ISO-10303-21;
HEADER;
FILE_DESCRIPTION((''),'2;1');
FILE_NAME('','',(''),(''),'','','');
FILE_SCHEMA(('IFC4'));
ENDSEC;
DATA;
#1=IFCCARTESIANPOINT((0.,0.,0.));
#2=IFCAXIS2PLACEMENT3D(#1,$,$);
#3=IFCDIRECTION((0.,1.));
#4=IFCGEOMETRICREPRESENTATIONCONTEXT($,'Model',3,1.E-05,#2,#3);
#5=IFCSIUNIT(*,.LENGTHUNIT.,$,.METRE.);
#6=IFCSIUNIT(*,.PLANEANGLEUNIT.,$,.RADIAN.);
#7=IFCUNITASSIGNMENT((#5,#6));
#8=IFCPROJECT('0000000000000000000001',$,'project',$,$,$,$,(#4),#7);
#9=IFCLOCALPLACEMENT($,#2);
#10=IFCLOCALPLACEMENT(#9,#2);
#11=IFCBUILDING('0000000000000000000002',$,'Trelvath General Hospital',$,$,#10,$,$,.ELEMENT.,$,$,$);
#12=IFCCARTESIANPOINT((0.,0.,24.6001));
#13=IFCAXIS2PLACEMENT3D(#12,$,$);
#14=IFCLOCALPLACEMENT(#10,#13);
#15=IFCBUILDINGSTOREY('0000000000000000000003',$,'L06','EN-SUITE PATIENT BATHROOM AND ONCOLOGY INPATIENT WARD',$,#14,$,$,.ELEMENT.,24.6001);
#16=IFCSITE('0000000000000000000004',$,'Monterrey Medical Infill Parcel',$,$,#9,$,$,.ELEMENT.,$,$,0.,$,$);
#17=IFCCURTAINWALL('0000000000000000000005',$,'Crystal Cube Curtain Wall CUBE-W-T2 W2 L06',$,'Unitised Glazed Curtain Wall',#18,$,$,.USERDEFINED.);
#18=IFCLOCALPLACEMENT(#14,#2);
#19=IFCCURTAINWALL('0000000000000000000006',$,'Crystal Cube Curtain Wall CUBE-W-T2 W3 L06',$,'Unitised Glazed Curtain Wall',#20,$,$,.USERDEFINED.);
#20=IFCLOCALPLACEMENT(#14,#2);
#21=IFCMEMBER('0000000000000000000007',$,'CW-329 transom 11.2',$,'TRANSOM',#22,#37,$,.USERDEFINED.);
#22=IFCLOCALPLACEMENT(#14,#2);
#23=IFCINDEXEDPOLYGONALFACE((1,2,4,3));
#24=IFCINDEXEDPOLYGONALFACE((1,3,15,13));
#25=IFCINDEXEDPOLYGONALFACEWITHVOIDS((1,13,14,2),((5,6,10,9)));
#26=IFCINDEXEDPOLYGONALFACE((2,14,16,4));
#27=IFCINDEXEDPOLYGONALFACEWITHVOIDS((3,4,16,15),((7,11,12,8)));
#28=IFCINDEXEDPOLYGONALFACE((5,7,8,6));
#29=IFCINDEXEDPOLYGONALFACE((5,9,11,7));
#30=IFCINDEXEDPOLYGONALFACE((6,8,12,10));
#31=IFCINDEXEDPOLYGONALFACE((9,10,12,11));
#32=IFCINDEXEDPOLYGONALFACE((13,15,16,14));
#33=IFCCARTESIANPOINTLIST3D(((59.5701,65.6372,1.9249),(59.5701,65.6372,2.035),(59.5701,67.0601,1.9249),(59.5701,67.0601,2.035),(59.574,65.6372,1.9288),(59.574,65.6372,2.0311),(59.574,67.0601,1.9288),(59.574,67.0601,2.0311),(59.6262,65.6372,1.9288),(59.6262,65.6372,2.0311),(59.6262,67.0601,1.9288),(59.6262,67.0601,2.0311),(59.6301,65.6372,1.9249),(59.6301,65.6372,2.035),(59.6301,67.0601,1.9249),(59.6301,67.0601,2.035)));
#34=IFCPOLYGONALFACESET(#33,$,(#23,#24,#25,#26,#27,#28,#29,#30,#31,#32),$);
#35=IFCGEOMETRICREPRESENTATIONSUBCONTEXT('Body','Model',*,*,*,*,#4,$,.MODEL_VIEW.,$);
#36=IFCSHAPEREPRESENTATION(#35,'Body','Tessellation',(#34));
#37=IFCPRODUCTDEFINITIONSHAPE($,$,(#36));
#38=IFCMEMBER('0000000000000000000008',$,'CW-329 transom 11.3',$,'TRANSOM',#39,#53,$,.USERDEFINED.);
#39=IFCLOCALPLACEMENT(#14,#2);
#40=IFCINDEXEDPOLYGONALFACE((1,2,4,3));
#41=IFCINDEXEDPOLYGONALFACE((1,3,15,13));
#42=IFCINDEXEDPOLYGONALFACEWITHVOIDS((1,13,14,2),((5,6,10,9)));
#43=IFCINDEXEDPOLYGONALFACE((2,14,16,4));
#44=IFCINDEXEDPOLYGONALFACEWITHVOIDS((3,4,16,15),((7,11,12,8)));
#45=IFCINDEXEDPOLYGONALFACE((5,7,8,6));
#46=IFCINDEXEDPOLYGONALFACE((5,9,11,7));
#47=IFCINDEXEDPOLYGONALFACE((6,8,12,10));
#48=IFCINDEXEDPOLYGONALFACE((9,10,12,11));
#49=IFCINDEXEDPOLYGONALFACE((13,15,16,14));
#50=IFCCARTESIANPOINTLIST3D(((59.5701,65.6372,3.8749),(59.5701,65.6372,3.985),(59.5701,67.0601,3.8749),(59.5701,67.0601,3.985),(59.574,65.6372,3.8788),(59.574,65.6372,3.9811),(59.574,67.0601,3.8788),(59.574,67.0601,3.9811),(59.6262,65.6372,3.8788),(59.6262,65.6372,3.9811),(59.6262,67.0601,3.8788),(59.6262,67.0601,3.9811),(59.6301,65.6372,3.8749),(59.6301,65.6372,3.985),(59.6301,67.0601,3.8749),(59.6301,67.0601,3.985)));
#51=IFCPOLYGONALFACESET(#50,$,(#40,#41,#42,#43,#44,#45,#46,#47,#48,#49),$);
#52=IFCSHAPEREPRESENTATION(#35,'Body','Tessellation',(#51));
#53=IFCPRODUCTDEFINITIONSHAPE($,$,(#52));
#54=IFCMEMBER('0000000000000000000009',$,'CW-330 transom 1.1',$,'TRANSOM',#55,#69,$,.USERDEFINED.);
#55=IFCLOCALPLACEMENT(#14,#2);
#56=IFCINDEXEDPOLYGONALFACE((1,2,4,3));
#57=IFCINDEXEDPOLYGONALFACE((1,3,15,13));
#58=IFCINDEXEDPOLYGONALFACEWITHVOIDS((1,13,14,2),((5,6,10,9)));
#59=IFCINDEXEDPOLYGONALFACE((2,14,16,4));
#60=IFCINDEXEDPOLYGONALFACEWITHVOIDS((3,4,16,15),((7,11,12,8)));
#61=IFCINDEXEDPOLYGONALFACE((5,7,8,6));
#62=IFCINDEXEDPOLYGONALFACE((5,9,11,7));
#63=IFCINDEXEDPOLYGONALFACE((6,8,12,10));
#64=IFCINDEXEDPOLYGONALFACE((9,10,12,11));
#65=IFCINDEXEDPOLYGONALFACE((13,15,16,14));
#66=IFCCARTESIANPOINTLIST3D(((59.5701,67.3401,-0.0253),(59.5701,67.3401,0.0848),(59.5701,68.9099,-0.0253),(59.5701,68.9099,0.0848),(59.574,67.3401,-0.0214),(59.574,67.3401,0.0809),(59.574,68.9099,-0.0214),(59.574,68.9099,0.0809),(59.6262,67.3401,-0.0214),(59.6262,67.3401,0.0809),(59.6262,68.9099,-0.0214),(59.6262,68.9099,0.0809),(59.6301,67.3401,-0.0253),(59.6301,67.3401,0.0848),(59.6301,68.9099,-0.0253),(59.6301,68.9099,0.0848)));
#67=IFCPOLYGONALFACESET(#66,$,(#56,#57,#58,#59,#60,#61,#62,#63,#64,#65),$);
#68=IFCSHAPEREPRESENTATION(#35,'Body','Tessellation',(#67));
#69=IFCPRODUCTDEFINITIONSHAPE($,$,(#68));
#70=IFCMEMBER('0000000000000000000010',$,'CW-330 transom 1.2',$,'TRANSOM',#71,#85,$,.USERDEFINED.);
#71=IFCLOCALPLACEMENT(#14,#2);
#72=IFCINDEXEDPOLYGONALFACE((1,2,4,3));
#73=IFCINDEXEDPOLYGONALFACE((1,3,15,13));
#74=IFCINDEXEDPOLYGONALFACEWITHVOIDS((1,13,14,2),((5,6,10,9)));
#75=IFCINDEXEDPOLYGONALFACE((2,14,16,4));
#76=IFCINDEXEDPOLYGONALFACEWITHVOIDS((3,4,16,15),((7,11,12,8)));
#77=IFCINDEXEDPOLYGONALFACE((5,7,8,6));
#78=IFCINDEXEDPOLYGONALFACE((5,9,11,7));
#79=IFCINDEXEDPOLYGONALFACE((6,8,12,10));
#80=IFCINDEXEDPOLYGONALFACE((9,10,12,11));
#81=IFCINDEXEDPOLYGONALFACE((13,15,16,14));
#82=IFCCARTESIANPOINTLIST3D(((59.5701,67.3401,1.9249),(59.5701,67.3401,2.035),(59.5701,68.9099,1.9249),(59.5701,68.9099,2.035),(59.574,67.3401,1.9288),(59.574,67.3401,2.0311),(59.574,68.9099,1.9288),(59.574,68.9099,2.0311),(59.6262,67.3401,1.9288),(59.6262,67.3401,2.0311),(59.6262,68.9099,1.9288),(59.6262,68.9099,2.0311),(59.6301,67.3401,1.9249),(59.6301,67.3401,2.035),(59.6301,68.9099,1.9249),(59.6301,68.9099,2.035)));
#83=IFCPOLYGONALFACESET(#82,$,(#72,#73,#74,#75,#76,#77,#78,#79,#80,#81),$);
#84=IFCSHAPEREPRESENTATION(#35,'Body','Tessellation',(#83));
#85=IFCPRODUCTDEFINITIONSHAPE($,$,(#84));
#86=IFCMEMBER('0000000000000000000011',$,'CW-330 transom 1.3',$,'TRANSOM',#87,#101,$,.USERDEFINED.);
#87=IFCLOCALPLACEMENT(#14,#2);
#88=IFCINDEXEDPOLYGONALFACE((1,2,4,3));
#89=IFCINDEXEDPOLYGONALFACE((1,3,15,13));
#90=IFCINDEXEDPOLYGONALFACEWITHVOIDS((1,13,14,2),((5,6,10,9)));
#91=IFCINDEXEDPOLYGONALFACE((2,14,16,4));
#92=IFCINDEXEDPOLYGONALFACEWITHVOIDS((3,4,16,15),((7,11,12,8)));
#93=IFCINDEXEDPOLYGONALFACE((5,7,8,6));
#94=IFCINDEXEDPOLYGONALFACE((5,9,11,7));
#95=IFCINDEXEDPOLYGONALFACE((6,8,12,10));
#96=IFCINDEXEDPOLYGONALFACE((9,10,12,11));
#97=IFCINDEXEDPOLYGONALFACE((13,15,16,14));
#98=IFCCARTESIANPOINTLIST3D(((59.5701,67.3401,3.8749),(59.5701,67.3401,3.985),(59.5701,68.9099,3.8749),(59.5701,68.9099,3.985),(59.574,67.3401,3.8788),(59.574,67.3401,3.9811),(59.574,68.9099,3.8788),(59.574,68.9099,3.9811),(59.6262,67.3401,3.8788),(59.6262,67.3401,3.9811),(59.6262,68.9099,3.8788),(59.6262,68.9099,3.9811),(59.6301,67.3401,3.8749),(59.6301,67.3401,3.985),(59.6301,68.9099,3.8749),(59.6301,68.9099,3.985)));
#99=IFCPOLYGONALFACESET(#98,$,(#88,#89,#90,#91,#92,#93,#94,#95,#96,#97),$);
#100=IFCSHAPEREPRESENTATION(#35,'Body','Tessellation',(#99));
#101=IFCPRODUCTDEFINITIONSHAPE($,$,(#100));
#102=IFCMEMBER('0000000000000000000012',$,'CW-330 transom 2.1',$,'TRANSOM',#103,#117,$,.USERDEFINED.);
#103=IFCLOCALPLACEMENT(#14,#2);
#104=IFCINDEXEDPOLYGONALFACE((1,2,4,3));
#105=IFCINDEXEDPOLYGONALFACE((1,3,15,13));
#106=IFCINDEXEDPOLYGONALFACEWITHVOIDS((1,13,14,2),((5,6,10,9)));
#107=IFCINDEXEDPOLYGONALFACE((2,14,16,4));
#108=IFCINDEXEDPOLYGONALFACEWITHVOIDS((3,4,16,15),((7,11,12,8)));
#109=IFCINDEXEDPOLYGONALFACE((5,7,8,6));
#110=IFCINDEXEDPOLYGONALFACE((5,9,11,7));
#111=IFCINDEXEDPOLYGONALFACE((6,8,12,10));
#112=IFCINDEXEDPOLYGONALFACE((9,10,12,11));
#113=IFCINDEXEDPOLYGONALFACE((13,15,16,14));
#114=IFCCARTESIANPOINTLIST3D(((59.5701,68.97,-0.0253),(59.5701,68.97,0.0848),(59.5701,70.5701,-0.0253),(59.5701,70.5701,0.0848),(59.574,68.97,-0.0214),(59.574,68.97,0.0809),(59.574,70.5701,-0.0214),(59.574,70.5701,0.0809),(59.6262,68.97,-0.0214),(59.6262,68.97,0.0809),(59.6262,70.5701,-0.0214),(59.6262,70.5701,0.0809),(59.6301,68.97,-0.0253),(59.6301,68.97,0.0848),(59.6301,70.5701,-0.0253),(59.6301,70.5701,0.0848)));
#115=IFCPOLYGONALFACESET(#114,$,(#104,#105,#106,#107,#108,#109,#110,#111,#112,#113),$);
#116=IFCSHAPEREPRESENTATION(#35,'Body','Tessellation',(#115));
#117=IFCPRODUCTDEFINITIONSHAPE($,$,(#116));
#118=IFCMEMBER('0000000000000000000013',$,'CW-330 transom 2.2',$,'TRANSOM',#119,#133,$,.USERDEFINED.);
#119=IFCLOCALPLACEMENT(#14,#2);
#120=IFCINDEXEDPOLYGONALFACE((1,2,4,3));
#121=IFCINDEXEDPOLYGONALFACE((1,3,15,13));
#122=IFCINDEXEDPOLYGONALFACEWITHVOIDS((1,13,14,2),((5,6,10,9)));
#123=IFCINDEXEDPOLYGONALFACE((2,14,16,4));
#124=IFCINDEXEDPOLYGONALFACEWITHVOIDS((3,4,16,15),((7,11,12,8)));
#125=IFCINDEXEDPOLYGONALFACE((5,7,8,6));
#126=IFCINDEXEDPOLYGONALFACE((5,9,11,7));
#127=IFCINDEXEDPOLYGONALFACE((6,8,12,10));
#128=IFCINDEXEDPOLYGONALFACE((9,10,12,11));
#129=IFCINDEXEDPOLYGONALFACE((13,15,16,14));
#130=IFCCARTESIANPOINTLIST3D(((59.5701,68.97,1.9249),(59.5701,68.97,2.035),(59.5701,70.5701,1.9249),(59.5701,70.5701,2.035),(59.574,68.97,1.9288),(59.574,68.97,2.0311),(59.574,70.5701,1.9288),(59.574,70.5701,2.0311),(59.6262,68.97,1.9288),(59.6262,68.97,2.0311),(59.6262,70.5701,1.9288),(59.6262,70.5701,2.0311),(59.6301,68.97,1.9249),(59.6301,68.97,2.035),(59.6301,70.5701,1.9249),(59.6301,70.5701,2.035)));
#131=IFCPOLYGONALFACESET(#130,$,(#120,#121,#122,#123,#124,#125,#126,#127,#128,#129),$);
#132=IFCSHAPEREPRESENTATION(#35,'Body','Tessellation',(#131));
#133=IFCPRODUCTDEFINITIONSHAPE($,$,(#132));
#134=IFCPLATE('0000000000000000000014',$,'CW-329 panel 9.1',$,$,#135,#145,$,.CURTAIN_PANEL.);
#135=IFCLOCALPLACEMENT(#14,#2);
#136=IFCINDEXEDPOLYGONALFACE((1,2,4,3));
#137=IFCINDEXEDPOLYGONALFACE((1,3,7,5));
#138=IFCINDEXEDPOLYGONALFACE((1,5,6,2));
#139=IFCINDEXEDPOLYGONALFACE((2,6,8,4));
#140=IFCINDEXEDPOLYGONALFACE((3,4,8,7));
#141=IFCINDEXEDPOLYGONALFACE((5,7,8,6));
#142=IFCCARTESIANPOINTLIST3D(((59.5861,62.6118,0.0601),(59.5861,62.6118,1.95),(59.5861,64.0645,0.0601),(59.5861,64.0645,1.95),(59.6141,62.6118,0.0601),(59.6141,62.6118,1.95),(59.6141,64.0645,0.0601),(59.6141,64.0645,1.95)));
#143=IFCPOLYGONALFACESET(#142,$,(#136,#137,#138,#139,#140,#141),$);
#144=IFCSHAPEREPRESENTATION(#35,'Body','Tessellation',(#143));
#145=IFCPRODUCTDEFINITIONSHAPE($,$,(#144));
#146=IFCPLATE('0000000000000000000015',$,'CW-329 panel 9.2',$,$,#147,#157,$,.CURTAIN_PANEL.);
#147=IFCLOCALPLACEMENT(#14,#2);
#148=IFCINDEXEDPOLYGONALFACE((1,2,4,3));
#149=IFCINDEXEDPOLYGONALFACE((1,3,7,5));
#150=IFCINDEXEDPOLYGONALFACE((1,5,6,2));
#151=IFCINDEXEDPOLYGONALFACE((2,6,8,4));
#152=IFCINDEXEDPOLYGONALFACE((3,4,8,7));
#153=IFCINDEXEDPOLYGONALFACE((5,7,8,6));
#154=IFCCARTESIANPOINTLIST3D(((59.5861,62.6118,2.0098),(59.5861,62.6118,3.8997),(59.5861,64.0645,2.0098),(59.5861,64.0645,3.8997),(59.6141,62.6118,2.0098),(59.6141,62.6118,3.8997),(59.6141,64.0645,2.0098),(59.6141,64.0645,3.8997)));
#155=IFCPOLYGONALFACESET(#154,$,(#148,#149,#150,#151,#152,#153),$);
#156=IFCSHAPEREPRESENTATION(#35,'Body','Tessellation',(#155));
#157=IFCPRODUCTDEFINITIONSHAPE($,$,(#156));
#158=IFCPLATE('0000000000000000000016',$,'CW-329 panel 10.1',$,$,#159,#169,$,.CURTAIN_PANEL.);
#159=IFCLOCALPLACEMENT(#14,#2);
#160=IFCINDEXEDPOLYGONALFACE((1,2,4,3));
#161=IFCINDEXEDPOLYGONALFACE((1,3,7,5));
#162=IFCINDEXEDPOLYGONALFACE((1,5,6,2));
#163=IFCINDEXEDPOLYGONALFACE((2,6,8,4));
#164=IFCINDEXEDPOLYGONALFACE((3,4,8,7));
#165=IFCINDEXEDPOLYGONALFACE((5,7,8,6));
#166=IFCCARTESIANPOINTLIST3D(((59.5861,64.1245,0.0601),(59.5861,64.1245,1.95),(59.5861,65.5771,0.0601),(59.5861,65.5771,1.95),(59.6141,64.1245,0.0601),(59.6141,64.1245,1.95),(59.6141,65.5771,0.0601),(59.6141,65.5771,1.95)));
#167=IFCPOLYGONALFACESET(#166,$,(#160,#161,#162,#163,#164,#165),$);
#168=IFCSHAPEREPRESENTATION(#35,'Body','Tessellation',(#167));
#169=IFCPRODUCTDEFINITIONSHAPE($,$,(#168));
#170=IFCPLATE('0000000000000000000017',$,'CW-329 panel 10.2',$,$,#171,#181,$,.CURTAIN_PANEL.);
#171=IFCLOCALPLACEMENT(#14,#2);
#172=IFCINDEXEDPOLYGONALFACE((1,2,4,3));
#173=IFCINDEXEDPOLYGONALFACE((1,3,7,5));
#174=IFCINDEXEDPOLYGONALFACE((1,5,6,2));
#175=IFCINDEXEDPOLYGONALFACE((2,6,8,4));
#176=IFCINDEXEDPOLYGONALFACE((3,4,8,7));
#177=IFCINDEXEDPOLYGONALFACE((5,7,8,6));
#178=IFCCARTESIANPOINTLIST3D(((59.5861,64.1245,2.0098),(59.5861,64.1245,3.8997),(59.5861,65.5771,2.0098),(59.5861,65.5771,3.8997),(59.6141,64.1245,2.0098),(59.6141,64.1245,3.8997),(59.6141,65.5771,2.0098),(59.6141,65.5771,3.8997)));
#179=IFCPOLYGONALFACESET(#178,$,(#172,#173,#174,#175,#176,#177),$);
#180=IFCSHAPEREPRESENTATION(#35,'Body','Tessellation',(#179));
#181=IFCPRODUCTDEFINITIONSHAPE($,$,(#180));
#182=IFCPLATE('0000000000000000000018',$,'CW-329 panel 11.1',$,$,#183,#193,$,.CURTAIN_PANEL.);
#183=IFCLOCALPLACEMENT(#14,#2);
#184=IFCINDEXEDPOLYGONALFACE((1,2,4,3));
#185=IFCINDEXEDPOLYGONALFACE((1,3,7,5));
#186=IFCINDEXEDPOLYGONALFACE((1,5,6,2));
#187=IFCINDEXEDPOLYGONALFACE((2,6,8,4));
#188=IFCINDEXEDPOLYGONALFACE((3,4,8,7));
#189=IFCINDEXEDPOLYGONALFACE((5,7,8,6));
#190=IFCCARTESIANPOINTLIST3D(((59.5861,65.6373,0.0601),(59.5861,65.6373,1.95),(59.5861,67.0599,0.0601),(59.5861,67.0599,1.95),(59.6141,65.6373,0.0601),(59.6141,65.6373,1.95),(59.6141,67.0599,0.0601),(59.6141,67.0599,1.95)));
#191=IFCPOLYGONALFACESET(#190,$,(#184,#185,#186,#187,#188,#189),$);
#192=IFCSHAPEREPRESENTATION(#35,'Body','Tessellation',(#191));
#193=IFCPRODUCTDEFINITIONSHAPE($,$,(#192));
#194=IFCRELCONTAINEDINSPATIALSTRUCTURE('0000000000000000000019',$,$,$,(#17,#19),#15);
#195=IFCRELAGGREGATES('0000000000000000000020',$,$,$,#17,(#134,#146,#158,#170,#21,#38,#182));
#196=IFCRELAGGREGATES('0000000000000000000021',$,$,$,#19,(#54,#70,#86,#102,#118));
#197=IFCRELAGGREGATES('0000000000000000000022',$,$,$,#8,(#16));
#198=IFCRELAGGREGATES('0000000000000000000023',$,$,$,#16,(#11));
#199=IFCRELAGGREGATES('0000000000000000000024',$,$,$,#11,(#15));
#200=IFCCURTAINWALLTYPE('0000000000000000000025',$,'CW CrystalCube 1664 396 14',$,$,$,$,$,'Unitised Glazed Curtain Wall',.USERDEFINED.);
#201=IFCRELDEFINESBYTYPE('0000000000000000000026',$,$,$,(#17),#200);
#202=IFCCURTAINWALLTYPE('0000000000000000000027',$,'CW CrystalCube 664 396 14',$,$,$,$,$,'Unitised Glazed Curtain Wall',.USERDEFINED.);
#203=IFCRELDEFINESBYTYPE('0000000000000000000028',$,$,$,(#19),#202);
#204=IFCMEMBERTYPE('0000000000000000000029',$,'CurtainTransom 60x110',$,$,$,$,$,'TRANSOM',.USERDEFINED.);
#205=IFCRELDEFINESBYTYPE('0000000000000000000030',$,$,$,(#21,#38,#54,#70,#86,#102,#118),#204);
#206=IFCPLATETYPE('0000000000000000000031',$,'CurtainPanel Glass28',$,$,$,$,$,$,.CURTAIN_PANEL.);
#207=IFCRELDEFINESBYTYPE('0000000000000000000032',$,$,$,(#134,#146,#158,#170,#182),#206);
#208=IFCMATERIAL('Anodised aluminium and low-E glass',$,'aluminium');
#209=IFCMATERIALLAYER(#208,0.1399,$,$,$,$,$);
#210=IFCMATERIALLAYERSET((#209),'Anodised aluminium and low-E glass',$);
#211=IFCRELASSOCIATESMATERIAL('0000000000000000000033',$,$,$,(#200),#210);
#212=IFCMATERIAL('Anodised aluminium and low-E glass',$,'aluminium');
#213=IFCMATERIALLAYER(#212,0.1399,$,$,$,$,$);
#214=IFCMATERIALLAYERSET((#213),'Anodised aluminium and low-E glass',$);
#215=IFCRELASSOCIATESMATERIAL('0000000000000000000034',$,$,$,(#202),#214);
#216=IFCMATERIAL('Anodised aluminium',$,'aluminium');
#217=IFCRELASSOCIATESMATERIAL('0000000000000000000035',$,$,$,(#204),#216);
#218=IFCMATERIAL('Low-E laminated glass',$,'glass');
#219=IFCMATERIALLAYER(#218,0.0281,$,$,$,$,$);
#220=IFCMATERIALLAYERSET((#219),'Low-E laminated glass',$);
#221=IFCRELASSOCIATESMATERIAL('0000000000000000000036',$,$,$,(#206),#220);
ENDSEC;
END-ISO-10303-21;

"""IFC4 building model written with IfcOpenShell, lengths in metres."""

from ifc_helpers import new_model, si_unit, direction, frame, origin, origin_2d, place, context, subcontext, project, spatial, rectangle, hollow_rectangle, extrude, material, layer, layer_set, material_profile, profile_set, type_object, element, aggregate, save


model = new_model("IFC4")

# Units and contexts
model_context = context("Model", 3, precision=1e-05, world=origin(), true_north=direction((0.0, 1.0)))
body_context = subcontext(model_context, "Body", "Model", "MODEL_VIEW")
ifc_project = project(units=[si_unit("LENGTHUNIT", "METRE"), si_unit("PLANEANGLEUNIT", "RADIAN")], contexts=[model_context])

# Site, building, storey
site_placement = place(None, origin())
site = spatial("IfcSite", under=ifc_project, at=site_placement, Name="Monterrey Medical Infill Parcel", CompositionType="ELEMENT", RefElevation=0.0)
building_placement = place(site_placement, origin())
building = spatial("IfcBuilding", under=site, at=building_placement, Name="Trelvath General Hospital", CompositionType="ELEMENT")
storey_placement = place(building_placement, frame((0.0, 0.0, 24.6001)))
storey = spatial("IfcBuildingStorey", under=building, at=storey_placement, Name="L06", Description="EN-SUITE PATIENT BATHROOM AND ONCOLOGY INPATIENT WARD", CompositionType="ELEMENT", Elevation=24.6001)

# Curtain walls
ifc_material_1 = material(Name="Anodised aluminium and low-E glass", Category="aluminium")
ifc_layer_1 = layer(ifc_material_1, 0.1399)
ifc_layer_set_1 = layer_set([ifc_layer_1], Name="Anodised aluminium and low-E glass")
curtain_wall_type_1 = type_object("IfcCurtainWallType", Name="CW CrystalCube 1664 396 14", ElementType="Unitised Glazed Curtain Wall", PredefinedType="USERDEFINED", material=ifc_layer_set_1)
curtain_wall_1_placement = place(storey_placement, origin())
curtain_wall_1 = element("IfcCurtainWall", 1, at=curtain_wall_1_placement, inside=storey, type_object=curtain_wall_type_1, Name="Crystal Cube Curtain Wall CUBE-W-T2 W2 L06", ObjectType="Unitised Glazed Curtain Wall", PredefinedType="USERDEFINED")
ifc_material_2 = material(Name="Anodised aluminium and low-E glass", Category="aluminium")
ifc_layer_2 = layer(ifc_material_2, 0.1399)
ifc_layer_set_2 = layer_set([ifc_layer_2], Name="Anodised aluminium and low-E glass")
curtain_wall_type_2 = type_object("IfcCurtainWallType", Name="CW CrystalCube 664 396 14", ElementType="Unitised Glazed Curtain Wall", PredefinedType="USERDEFINED", material=ifc_layer_set_2)
curtain_wall_2_placement = place(storey_placement, origin())
curtain_wall_2 = element("IfcCurtainWall", 2, at=curtain_wall_2_placement, inside=storey, type_object=curtain_wall_type_2, Name="Crystal Cube Curtain Wall CUBE-W-T2 W3 L06", ObjectType="Unitised Glazed Curtain Wall", PredefinedType="USERDEFINED")

# Members
ifc_material_3 = material(Name="Anodised aluminium", Category="aluminium")
ifc_material_profile_1 = material_profile(ifc_material_3, hollow_rectangle(XDim=0.0601, YDim=0.1101, WallThickness=0.0039, at=origin_2d()), Name="RHS60x110x4")
ifc_profile_set_1 = profile_set([ifc_material_profile_1], Name="Anodised aluminium")
member_type_1 = type_object("IfcMemberType", Name="CurtainTransom 60x110", ElementType="TRANSOM", PredefinedType="USERDEFINED", material=ifc_profile_set_1)
member_1_placement = place(storey_placement, frame((59.6001, 65.6372, 1.98), z_axis=(0.0, 1.0, 0.0), x_axis=(-1.0, 0.0, 0.0)))
member_1 = element("IfcMember", 3, at=member_1_placement, type_object=member_type_1, Name="CW-329 transom 11.2", ObjectType="TRANSOM", PredefinedType="USERDEFINED", context=body_context, shape_type="SweptSolid", body=[
    extrude(hollow_rectangle(XDim=0.0601, YDim=0.1101, WallThickness=0.0039, at=origin_2d()), origin(), (0.0, 0.0, 1.0), 1.4229),
])
member_2_placement = place(storey_placement, frame((59.6001, 65.6372, 3.9299), z_axis=(0.0, 1.0, 0.0), x_axis=(-1.0, 0.0, 0.0)))
member_2 = element("IfcMember", 4, at=member_2_placement, type_object=member_type_1, Name="CW-329 transom 11.3", ObjectType="TRANSOM", PredefinedType="USERDEFINED", context=body_context, shape_type="SweptSolid", body=[
    extrude(hollow_rectangle(XDim=0.0601, YDim=0.1101, WallThickness=0.0039, at=origin_2d()), origin(), (0.0, 0.0, 1.0), 1.4229),
])
member_3_placement = place(storey_placement, frame((59.6001, 67.3401, 0.0298), z_axis=(0.0, 1.0, 0.0), x_axis=(-1.0, 0.0, 0.0)))
member_3 = element("IfcMember", 5, at=member_3_placement, type_object=member_type_1, Name="CW-330 transom 1.1", ObjectType="TRANSOM", PredefinedType="USERDEFINED", context=body_context, shape_type="SweptSolid", body=[
    extrude(hollow_rectangle(XDim=0.0601, YDim=0.1101, WallThickness=0.0039, at=origin_2d()), origin(), (0.0, 0.0, 1.0), 1.5698),
])
member_4_placement = place(storey_placement, frame((59.6001, 67.3401, 1.98), z_axis=(0.0, 1.0, 0.0), x_axis=(-1.0, 0.0, 0.0)))
member_4 = element("IfcMember", 6, at=member_4_placement, type_object=member_type_1, Name="CW-330 transom 1.2", ObjectType="TRANSOM", PredefinedType="USERDEFINED", context=body_context, shape_type="SweptSolid", body=[
    extrude(hollow_rectangle(XDim=0.0601, YDim=0.1101, WallThickness=0.0039, at=origin_2d()), origin(), (0.0, 0.0, 1.0), 1.5698),
])
member_5_placement = place(storey_placement, frame((59.6001, 67.3401, 3.9299), z_axis=(0.0, 1.0, 0.0), x_axis=(-1.0, 0.0, 0.0)))
member_5 = element("IfcMember", 7, at=member_5_placement, type_object=member_type_1, Name="CW-330 transom 1.3", ObjectType="TRANSOM", PredefinedType="USERDEFINED", context=body_context, shape_type="SweptSolid", body=[
    extrude(hollow_rectangle(XDim=0.0601, YDim=0.1101, WallThickness=0.0039, at=origin_2d()), origin(), (0.0, 0.0, 1.0), 1.5698),
])
member_6_placement = place(storey_placement, frame((59.6001, 68.97, 0.0298), z_axis=(0.0, 1.0, 0.0), x_axis=(-1.0, 0.0, 0.0)))
member_6 = element("IfcMember", 8, at=member_6_placement, type_object=member_type_1, Name="CW-330 transom 2.1", ObjectType="TRANSOM", PredefinedType="USERDEFINED", context=body_context, shape_type="SweptSolid", body=[
    extrude(hollow_rectangle(XDim=0.0601, YDim=0.1101, WallThickness=0.0039, at=origin_2d()), origin(), (0.0, 0.0, 1.0), 1.6001),
])
member_7_placement = place(storey_placement, frame((59.6001, 68.97, 1.98), z_axis=(0.0, 1.0, 0.0), x_axis=(-1.0, 0.0, 0.0)))
member_7 = element("IfcMember", 9, at=member_7_placement, type_object=member_type_1, Name="CW-330 transom 2.2", ObjectType="TRANSOM", PredefinedType="USERDEFINED", context=body_context, shape_type="SweptSolid", body=[
    extrude(hollow_rectangle(XDim=0.0601, YDim=0.1101, WallThickness=0.0039, at=origin_2d()), origin(), (0.0, 0.0, 1.0), 1.6001),
])

# Plates
ifc_material_4 = material(Name="Low-E laminated glass", Category="glass")
ifc_layer_3 = layer(ifc_material_4, 0.0281)
ifc_layer_set_3 = layer_set([ifc_layer_3], Name="Low-E laminated glass")
plate_type = type_object("IfcPlateType", Name="CurtainPanel Glass28", PredefinedType="CURTAIN_PANEL", material=ifc_layer_set_3)
plate_1_placement = place(storey_placement, frame((59.6001, 63.3381, 0.0601), z_axis=(0.0, 0.0, 1.0), x_axis=(0.0, 1.0, 0.0)))
plate_1 = element("IfcPlate", 10, at=plate_1_placement, type_object=plate_type, Name="CW-329 panel 9.1", PredefinedType="CURTAIN_PANEL", context=body_context, shape_type="SweptSolid", body=[
    extrude(rectangle(XDim=1.4526, YDim=0.0281, at=origin_2d()), origin(), (0.0, 0.0, 1.0), 1.8899),
])
plate_2_placement = place(storey_placement, frame((59.6001, 63.3381, 2.0098), z_axis=(0.0, 0.0, 1.0), x_axis=(0.0, 1.0, 0.0)))
plate_2 = element("IfcPlate", 11, at=plate_2_placement, type_object=plate_type, Name="CW-329 panel 9.2", PredefinedType="CURTAIN_PANEL", context=body_context, shape_type="SweptSolid", body=[
    extrude(rectangle(XDim=1.4526, YDim=0.0281, at=origin_2d()), origin(), (0.0, 0.0, 1.0), 1.8899),
])
plate_3_placement = place(storey_placement, frame((59.6001, 64.8508, 0.0601), z_axis=(0.0, 0.0, 1.0), x_axis=(0.0, 1.0, 0.0)))
plate_3 = element("IfcPlate", 12, at=plate_3_placement, type_object=plate_type, Name="CW-329 panel 10.1", PredefinedType="CURTAIN_PANEL", context=body_context, shape_type="SweptSolid", body=[
    extrude(rectangle(XDim=1.4526, YDim=0.0281, at=origin_2d()), origin(), (0.0, 0.0, 1.0), 1.8899),
])
plate_4_placement = place(storey_placement, frame((59.6001, 64.8508, 2.0098), z_axis=(0.0, 0.0, 1.0), x_axis=(0.0, 1.0, 0.0)))
plate_4 = element("IfcPlate", 13, at=plate_4_placement, type_object=plate_type, Name="CW-329 panel 10.2", PredefinedType="CURTAIN_PANEL", context=body_context, shape_type="SweptSolid", body=[
    extrude(rectangle(XDim=1.4526, YDim=0.0281, at=origin_2d()), origin(), (0.0, 0.0, 1.0), 1.8899),
])
plate_5_placement = place(storey_placement, frame((59.6001, 66.3486, 0.0601), z_axis=(0.0, 0.0, 1.0), x_axis=(0.0, 1.0, 0.0)))
plate_5 = element("IfcPlate", 14, at=plate_5_placement, type_object=plate_type, Name="CW-329 panel 11.1", PredefinedType="CURTAIN_PANEL", context=body_context, shape_type="SweptSolid", body=[
    extrude(rectangle(XDim=1.4226, YDim=0.0281, at=origin_2d()), origin(), (0.0, 0.0, 1.0), 1.8899),
])
aggregate(curtain_wall_1, [plate_1, plate_2, plate_3, plate_4, member_1, member_2, plate_5])
aggregate(curtain_wall_2, [member_3, member_4, member_5, member_6, member_7])

save(model, "model.ifc")
